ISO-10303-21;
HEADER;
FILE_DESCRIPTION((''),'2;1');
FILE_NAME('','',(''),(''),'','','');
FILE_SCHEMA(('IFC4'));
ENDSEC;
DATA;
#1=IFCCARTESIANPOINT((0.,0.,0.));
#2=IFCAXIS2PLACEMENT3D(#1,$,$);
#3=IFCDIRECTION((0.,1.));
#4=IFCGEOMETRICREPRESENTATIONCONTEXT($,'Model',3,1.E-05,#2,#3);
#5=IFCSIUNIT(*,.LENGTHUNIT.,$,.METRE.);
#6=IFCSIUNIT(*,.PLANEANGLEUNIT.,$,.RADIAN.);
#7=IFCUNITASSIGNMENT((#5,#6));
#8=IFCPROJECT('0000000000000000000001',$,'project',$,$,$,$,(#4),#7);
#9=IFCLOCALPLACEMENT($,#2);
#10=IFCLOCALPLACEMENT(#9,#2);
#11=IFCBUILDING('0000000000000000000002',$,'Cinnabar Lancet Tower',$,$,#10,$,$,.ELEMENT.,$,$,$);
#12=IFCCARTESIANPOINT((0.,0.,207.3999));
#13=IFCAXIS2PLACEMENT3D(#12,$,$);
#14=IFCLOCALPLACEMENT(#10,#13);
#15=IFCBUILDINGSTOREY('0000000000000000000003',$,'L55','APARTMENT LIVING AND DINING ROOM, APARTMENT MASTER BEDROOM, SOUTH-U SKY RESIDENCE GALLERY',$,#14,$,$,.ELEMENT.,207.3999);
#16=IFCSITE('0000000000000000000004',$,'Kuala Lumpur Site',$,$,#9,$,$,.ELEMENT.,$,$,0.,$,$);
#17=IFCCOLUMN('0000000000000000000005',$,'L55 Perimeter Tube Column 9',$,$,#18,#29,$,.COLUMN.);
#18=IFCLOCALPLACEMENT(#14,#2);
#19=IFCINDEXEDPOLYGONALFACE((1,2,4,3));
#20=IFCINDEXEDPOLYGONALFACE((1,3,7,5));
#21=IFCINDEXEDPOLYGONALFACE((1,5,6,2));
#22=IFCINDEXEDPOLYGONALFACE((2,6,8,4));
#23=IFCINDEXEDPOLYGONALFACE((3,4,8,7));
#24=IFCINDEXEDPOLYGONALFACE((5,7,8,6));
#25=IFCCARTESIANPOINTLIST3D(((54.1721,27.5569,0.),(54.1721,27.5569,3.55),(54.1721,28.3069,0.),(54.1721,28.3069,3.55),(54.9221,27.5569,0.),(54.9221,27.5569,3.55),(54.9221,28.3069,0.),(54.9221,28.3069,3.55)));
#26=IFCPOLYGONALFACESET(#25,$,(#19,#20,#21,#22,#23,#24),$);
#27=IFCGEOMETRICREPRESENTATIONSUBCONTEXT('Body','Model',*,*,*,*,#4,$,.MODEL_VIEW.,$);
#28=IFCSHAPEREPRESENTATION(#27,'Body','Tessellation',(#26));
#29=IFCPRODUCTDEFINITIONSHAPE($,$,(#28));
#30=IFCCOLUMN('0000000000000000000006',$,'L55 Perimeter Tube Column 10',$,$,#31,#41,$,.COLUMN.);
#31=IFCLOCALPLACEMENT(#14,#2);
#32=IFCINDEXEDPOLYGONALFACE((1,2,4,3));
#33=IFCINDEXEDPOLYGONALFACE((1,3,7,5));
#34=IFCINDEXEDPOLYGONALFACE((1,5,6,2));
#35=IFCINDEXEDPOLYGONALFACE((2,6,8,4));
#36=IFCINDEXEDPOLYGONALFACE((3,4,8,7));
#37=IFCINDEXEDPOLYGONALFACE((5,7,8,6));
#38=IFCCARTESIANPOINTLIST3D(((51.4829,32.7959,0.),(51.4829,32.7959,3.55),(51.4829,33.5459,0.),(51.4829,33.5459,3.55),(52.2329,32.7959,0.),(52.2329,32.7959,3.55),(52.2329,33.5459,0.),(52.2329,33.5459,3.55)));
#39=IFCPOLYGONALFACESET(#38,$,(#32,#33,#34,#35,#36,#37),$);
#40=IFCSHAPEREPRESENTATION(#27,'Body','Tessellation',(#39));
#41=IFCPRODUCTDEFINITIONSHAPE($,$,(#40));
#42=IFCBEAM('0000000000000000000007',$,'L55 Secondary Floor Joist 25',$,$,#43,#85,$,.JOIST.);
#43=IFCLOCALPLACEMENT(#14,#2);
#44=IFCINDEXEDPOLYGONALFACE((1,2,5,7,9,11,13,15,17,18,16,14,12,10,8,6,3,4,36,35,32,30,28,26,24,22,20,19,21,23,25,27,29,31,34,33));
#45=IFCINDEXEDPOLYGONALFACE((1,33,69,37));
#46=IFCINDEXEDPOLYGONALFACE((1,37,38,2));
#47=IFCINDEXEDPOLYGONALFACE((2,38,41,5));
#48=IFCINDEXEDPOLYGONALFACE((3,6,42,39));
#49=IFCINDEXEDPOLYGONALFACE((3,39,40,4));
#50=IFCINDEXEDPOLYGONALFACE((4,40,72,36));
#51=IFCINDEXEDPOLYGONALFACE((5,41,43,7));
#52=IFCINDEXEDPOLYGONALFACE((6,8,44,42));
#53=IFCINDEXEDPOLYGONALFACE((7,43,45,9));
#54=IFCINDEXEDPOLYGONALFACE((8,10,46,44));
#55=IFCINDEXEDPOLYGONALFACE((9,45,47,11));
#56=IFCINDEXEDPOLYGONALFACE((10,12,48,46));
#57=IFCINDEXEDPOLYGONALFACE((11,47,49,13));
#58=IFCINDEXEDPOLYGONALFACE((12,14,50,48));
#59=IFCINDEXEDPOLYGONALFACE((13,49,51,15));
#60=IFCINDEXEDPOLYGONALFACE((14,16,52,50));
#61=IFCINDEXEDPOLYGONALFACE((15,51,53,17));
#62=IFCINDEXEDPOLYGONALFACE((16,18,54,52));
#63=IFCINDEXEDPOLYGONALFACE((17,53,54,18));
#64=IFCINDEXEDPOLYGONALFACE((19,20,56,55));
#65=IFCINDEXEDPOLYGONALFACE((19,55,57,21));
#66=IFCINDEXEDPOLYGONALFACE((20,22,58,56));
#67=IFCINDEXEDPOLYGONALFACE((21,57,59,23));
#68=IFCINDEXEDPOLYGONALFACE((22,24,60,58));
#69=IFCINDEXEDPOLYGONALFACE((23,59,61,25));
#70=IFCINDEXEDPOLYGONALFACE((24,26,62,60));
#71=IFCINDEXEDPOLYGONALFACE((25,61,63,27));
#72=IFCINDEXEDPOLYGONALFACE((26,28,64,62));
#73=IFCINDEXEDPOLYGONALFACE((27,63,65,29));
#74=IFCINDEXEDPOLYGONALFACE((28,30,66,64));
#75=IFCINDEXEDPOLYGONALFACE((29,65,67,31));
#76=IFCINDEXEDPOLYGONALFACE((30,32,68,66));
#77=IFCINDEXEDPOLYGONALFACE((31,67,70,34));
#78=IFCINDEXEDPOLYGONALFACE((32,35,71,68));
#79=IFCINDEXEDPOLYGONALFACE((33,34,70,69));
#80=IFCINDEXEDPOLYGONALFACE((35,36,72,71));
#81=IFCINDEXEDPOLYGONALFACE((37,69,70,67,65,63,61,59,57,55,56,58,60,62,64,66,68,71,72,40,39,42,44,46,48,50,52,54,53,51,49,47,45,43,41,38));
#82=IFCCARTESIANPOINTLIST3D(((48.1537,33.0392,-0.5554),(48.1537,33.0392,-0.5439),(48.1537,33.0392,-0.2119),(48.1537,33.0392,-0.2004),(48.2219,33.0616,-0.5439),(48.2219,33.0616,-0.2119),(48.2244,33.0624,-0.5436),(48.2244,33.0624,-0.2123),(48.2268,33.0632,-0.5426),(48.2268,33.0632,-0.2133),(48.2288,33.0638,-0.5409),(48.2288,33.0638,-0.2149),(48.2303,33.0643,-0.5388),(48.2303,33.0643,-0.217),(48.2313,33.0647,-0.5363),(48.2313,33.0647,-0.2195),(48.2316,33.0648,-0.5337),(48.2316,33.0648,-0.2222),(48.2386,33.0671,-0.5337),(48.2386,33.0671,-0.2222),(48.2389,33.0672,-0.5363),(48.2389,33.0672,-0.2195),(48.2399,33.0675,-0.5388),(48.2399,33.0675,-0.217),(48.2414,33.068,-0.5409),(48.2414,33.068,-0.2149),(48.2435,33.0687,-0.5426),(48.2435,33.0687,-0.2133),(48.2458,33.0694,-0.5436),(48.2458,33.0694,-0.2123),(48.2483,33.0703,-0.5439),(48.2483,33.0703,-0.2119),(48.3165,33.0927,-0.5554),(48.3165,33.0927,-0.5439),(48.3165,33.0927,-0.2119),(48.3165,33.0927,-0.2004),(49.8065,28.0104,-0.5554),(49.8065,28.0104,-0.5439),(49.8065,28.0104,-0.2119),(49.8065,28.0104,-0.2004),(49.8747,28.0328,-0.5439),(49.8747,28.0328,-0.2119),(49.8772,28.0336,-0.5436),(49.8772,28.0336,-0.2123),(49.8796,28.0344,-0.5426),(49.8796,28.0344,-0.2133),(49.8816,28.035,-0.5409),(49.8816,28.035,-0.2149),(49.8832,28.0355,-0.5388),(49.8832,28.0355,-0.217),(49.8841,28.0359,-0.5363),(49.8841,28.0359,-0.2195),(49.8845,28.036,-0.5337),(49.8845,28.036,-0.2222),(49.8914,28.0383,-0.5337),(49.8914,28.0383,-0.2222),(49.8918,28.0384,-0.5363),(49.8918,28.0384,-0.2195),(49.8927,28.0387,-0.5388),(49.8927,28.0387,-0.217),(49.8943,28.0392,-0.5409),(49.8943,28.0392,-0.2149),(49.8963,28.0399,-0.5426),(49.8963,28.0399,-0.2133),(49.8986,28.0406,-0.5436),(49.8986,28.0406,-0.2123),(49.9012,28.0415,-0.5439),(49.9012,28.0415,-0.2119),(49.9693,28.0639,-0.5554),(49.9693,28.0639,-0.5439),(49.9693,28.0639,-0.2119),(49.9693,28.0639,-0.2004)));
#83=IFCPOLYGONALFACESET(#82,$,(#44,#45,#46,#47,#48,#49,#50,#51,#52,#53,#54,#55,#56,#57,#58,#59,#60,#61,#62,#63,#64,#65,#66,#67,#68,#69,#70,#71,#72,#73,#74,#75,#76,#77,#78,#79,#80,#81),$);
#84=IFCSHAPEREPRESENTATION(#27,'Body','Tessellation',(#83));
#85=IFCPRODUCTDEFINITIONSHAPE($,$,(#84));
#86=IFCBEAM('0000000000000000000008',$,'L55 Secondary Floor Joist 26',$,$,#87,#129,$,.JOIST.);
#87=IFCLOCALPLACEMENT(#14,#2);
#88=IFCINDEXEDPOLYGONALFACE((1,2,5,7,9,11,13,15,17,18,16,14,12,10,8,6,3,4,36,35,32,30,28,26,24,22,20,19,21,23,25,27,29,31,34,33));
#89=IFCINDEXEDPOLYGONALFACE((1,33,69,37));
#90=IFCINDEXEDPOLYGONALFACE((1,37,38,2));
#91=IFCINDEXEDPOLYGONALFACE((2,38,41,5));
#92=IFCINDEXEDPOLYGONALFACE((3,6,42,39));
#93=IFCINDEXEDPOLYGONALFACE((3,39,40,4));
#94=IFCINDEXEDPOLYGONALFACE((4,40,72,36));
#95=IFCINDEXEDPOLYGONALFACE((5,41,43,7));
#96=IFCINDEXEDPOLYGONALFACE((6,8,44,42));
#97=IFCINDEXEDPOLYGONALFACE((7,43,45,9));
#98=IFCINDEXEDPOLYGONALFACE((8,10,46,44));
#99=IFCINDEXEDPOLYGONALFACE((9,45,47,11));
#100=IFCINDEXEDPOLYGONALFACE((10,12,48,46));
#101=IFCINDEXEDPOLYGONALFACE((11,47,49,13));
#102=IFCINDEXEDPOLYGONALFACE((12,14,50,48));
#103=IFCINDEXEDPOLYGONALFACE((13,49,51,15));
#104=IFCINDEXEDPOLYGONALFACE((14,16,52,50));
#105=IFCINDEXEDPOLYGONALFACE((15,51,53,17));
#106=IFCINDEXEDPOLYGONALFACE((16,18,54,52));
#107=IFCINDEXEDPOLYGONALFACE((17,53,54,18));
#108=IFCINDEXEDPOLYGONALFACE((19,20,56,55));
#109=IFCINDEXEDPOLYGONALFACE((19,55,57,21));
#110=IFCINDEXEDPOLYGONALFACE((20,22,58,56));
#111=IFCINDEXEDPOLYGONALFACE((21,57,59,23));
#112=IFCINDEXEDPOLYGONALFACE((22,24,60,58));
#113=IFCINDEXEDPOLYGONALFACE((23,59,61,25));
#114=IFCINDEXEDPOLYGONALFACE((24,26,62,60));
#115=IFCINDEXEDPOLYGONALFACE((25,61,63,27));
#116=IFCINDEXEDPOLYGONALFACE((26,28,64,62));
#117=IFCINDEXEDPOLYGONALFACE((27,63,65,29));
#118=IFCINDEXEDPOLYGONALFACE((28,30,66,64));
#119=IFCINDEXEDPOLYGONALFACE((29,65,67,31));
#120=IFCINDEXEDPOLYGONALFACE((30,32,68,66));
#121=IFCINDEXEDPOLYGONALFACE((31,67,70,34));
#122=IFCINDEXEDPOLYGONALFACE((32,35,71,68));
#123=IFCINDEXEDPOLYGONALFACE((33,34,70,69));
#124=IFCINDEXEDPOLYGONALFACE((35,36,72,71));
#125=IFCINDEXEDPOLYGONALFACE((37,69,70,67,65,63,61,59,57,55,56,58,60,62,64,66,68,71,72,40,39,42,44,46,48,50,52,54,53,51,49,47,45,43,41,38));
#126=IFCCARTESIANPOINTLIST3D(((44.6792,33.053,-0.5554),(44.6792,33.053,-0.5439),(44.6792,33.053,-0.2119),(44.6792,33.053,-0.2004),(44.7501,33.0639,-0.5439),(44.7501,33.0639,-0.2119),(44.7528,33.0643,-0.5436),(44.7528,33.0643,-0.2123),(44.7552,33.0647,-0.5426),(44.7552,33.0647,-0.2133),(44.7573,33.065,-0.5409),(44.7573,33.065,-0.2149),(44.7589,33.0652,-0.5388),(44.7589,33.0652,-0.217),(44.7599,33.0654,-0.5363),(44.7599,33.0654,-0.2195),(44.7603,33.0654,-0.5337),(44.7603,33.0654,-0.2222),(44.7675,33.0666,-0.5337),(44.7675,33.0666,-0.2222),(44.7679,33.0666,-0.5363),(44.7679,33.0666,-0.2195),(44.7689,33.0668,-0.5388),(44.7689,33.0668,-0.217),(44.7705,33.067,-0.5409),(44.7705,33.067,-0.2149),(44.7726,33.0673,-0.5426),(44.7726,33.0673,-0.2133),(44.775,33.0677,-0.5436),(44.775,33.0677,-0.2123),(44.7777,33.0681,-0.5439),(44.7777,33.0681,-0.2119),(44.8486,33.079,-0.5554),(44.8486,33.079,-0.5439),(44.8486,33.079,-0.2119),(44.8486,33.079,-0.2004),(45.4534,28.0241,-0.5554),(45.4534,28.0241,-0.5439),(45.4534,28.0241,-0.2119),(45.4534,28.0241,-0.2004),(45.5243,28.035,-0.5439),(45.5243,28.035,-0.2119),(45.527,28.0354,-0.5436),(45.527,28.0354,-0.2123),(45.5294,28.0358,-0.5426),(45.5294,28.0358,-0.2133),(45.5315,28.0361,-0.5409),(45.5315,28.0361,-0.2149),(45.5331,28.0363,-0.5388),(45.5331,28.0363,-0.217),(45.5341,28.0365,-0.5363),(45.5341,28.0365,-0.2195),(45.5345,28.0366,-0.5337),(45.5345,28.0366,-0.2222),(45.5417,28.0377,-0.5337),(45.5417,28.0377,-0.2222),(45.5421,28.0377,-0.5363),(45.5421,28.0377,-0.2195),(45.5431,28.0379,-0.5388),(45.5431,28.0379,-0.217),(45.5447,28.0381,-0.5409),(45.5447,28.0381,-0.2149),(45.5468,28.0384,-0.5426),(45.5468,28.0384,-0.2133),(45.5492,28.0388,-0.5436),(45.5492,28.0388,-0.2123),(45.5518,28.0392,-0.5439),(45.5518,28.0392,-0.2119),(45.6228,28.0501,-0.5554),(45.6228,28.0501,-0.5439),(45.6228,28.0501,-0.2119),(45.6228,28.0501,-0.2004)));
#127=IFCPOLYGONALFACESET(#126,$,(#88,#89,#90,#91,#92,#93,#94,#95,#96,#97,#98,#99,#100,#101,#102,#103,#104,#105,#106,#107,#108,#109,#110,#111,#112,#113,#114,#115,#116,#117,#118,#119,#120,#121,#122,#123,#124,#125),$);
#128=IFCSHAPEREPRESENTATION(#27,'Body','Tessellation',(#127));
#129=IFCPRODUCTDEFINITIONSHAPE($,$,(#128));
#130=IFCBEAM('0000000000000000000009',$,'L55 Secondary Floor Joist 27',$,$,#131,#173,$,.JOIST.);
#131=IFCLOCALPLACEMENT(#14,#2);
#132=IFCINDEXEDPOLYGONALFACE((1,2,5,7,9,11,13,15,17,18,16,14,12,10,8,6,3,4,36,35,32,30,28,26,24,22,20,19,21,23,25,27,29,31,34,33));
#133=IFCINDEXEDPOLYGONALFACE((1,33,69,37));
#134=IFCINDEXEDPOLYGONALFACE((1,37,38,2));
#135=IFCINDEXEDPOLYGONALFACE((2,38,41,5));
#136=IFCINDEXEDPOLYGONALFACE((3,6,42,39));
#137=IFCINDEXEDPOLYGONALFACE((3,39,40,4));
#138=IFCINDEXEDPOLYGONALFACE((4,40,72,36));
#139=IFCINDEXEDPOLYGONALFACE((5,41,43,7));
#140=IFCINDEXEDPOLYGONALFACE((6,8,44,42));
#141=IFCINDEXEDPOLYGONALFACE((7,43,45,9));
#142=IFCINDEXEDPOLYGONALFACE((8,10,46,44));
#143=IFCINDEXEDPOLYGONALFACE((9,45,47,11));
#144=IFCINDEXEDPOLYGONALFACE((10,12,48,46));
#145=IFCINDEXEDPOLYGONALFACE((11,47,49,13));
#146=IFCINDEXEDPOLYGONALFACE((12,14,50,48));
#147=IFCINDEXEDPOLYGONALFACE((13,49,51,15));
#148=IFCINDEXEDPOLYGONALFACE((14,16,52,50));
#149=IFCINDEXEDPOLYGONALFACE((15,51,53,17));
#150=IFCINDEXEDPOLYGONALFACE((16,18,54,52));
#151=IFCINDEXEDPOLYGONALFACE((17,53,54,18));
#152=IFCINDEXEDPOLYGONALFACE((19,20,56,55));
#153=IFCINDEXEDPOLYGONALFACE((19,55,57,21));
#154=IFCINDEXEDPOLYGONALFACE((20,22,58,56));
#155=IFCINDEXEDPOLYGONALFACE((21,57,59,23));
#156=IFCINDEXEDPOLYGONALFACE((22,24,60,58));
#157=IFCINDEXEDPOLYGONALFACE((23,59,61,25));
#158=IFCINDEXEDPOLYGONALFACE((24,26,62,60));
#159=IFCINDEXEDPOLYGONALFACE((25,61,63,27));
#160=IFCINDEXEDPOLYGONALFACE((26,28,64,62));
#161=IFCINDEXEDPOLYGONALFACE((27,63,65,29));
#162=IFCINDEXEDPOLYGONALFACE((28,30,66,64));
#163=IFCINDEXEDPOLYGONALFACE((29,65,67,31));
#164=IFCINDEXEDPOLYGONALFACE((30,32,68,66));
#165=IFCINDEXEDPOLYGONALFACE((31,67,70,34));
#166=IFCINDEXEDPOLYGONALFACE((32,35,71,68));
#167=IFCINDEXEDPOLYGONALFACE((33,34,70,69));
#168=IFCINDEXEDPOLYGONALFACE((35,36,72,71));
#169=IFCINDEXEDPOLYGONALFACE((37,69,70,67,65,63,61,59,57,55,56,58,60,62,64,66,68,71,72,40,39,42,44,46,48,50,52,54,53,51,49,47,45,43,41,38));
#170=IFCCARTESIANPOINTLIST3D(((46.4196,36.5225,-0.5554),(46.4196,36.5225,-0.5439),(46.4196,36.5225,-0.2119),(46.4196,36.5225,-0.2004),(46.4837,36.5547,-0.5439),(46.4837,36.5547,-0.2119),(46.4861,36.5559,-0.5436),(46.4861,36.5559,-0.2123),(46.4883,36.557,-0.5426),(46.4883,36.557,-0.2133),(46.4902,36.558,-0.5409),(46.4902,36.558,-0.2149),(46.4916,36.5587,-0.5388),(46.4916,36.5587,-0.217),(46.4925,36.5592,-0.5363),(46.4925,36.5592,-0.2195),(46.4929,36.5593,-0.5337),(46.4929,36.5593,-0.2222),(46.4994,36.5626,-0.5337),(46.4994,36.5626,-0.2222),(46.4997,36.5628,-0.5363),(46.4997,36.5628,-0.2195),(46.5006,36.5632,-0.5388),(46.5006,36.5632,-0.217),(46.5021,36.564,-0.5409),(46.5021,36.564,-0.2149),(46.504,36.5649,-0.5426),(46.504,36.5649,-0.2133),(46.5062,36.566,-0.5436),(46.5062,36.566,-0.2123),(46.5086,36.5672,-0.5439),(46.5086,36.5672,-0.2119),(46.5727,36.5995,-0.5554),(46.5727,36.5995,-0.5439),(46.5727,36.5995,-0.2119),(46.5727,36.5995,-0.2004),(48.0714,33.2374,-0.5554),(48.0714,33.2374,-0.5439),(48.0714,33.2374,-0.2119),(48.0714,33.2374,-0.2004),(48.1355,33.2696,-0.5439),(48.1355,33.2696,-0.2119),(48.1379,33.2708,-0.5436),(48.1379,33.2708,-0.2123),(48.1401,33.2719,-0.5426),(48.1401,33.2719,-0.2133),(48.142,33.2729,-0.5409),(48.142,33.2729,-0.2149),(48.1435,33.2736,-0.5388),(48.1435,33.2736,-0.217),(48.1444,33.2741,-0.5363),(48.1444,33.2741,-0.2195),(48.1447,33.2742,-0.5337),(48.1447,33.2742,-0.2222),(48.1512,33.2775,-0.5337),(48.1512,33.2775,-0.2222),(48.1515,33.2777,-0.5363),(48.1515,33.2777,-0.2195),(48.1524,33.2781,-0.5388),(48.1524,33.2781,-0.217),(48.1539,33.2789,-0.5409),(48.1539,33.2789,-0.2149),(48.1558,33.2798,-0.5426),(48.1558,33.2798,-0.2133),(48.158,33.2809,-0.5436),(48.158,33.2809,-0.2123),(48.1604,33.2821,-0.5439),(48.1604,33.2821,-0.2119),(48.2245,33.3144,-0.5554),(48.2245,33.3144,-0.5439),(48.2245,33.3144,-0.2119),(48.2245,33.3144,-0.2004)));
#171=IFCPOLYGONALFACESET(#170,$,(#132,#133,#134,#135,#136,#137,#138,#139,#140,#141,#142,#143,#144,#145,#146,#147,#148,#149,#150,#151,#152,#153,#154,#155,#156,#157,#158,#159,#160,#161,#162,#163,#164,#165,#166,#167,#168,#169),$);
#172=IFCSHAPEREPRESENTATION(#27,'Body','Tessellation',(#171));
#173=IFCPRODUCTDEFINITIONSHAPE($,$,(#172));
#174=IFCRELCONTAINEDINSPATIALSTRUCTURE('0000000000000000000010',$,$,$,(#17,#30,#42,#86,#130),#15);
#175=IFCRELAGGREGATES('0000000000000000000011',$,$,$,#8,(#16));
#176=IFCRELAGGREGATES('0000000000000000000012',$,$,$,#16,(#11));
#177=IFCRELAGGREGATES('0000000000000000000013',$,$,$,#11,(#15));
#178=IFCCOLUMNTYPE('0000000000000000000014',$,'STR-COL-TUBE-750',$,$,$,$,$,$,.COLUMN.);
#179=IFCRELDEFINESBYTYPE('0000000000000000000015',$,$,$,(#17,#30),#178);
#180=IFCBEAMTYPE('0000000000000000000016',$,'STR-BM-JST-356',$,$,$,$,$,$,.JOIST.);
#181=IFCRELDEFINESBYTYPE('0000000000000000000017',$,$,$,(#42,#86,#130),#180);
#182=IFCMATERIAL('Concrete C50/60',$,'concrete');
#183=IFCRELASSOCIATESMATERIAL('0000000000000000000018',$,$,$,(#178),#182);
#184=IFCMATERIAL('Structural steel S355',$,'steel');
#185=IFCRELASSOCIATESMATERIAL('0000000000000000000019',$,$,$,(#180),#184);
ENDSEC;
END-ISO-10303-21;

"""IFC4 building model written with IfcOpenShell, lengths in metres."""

from ifc_helpers import new_model, si_unit, direction, frame, origin, origin_2d, place, context, subcontext, project, spatial, rectangle, i_section, extrude, material, material_profile, profile_set, type_object, element, save


model = new_model("IFC4")

# Units and contexts
model_context = context("Model", 3, precision=1e-05, world=origin(), true_north=direction((0.0, 1.0)))
body_context = subcontext(model_context, "Body", "Model", "MODEL_VIEW")
ifc_project = project(units=[si_unit("LENGTHUNIT", "METRE"), si_unit("PLANEANGLEUNIT", "RADIAN")], contexts=[model_context])

# Site, building, storey
site_placement = place(None, origin())
site = spatial("IfcSite", under=ifc_project, at=site_placement, Name="Kuala Lumpur Site", CompositionType="ELEMENT", RefElevation=0.0)
building_placement = place(site_placement, origin())
building = spatial("IfcBuilding", under=site, at=building_placement, Name="Cinnabar Lancet Tower", CompositionType="ELEMENT")
storey_placement = place(building_placement, frame((0.0, 0.0, 207.3999)))
storey = spatial("IfcBuildingStorey", under=building, at=storey_placement, Name="L55", Description="APARTMENT LIVING AND DINING ROOM, APARTMENT MASTER BEDROOM, SOUTH-U SKY RESIDENCE GALLERY", CompositionType="ELEMENT", Elevation=207.3999)

# Columns
ifc_material_1 = material(Name="Concrete C50/60", Category="concrete")
ifc_material_profile_1 = material_profile(ifc_material_1, rectangle(XDim=0.75, YDim=0.75, at=origin_2d()), Name="RC-COL 750x750")
ifc_profile_set_1 = profile_set([ifc_material_profile_1], Name="Concrete C50/60")
column_type = type_object("IfcColumnType", Name="STR-COL-TUBE-750", PredefinedType="COLUMN", material=ifc_profile_set_1)
for number, where, z_axis, x_axis, name in (
    (1, (54.5471, 27.9319, 0.0), (0.0, 0.0, 1.0), (1.0, 0.0, 0.0), "L55 Perimeter Tube Column 9"),
    (2, (51.8579, 33.1709, 0.0), (0.0, 0.0, 1.0), (1.0, 0.0, 0.0), "L55 Perimeter Tube Column 10"),
):
    element("IfcColumn", number, at=place(storey_placement, frame(where, z_axis=z_axis, x_axis=x_axis)), inside=storey, type_object=column_type, Name=name, PredefinedType="COLUMN", context=body_context, shape_type="SweptSolid", body=[
        extrude(rectangle(XDim=0.75, YDim=0.75, at=origin_2d()), origin(), (0.0, 0.0, 1.0), 3.55),
    ])

# Beams
ifc_material_2 = material(Name="Structural steel S355", Category="steel")
ifc_material_profile_2 = material_profile(ifc_material_2, i_section(OverallWidth=0.1714, OverallDepth=0.355, WebThickness=0.0073, FlangeThickness=0.0115, FilletRadius=0.0103, at=origin_2d()), Name="UKB 356x171x51")
ifc_profile_set_2 = profile_set([ifc_material_profile_2], Name="Structural steel S355")
beam_type_1 = type_object("IfcBeamType", Name="STR-BM-JST-356", PredefinedType="JOIST", material=ifc_profile_set_2)
beam_1_placement = place(storey_placement, frame((49.8879, 28.0371, -0.3779), z_axis=(-0.31224, 0.950003, 0.0), x_axis=(-0.950003, -0.31224, 0.0)))
element("IfcBeam", 3, at=beam_1_placement, inside=storey, type_object=beam_type_1, Name="L55 Secondary Floor Joist 25", PredefinedType="JOIST", context=body_context, shape_type="SweptSolid", body=[
    extrude(i_section(OverallWidth=0.1714, OverallDepth=0.355, WebThickness=0.0073, FlangeThickness=0.0115, FilletRadius=0.0103, at=origin_2d()), origin(), (0.0, 0.0, 1.0), 5.2935),
])
beam_2_placement = place(storey_placement, frame((45.5381, 28.0371, -0.3779), z_axis=(-0.152155, 0.988357, 0.0), x_axis=(-0.988357, -0.152155, 0.0)))
element("IfcBeam", 4, at=beam_2_placement, inside=storey, type_object=beam_type_1, Name="L55 Secondary Floor Joist 26", PredefinedType="JOIST", context=body_context, shape_type="SweptSolid", body=[
    extrude(i_section(OverallWidth=0.1714, OverallDepth=0.355, WebThickness=0.0073, FlangeThickness=0.0115, FilletRadius=0.0103, at=origin_2d()), origin(), (0.0, 0.0, 1.0), 5.0881),
])
beam_3_placement = place(storey_placement, frame((48.1479, 33.2759, -0.3779), z_axis=(-0.449231, 0.893416, 0.0), x_axis=(-0.893416, -0.449231, 0.0)))
element("IfcBeam", 5, at=beam_3_placement, inside=storey, type_object=beam_type_1, Name="L55 Secondary Floor Joist 27", PredefinedType="JOIST", context=body_context, shape_type="SweptSolid", body=[
    extrude(i_section(OverallWidth=0.1714, OverallDepth=0.355, WebThickness=0.0073, FlangeThickness=0.0115, FilletRadius=0.0103, at=origin_2d()), origin(), (0.0, 0.0, 1.0), 3.677),
])

save(model, "model.ifc")
